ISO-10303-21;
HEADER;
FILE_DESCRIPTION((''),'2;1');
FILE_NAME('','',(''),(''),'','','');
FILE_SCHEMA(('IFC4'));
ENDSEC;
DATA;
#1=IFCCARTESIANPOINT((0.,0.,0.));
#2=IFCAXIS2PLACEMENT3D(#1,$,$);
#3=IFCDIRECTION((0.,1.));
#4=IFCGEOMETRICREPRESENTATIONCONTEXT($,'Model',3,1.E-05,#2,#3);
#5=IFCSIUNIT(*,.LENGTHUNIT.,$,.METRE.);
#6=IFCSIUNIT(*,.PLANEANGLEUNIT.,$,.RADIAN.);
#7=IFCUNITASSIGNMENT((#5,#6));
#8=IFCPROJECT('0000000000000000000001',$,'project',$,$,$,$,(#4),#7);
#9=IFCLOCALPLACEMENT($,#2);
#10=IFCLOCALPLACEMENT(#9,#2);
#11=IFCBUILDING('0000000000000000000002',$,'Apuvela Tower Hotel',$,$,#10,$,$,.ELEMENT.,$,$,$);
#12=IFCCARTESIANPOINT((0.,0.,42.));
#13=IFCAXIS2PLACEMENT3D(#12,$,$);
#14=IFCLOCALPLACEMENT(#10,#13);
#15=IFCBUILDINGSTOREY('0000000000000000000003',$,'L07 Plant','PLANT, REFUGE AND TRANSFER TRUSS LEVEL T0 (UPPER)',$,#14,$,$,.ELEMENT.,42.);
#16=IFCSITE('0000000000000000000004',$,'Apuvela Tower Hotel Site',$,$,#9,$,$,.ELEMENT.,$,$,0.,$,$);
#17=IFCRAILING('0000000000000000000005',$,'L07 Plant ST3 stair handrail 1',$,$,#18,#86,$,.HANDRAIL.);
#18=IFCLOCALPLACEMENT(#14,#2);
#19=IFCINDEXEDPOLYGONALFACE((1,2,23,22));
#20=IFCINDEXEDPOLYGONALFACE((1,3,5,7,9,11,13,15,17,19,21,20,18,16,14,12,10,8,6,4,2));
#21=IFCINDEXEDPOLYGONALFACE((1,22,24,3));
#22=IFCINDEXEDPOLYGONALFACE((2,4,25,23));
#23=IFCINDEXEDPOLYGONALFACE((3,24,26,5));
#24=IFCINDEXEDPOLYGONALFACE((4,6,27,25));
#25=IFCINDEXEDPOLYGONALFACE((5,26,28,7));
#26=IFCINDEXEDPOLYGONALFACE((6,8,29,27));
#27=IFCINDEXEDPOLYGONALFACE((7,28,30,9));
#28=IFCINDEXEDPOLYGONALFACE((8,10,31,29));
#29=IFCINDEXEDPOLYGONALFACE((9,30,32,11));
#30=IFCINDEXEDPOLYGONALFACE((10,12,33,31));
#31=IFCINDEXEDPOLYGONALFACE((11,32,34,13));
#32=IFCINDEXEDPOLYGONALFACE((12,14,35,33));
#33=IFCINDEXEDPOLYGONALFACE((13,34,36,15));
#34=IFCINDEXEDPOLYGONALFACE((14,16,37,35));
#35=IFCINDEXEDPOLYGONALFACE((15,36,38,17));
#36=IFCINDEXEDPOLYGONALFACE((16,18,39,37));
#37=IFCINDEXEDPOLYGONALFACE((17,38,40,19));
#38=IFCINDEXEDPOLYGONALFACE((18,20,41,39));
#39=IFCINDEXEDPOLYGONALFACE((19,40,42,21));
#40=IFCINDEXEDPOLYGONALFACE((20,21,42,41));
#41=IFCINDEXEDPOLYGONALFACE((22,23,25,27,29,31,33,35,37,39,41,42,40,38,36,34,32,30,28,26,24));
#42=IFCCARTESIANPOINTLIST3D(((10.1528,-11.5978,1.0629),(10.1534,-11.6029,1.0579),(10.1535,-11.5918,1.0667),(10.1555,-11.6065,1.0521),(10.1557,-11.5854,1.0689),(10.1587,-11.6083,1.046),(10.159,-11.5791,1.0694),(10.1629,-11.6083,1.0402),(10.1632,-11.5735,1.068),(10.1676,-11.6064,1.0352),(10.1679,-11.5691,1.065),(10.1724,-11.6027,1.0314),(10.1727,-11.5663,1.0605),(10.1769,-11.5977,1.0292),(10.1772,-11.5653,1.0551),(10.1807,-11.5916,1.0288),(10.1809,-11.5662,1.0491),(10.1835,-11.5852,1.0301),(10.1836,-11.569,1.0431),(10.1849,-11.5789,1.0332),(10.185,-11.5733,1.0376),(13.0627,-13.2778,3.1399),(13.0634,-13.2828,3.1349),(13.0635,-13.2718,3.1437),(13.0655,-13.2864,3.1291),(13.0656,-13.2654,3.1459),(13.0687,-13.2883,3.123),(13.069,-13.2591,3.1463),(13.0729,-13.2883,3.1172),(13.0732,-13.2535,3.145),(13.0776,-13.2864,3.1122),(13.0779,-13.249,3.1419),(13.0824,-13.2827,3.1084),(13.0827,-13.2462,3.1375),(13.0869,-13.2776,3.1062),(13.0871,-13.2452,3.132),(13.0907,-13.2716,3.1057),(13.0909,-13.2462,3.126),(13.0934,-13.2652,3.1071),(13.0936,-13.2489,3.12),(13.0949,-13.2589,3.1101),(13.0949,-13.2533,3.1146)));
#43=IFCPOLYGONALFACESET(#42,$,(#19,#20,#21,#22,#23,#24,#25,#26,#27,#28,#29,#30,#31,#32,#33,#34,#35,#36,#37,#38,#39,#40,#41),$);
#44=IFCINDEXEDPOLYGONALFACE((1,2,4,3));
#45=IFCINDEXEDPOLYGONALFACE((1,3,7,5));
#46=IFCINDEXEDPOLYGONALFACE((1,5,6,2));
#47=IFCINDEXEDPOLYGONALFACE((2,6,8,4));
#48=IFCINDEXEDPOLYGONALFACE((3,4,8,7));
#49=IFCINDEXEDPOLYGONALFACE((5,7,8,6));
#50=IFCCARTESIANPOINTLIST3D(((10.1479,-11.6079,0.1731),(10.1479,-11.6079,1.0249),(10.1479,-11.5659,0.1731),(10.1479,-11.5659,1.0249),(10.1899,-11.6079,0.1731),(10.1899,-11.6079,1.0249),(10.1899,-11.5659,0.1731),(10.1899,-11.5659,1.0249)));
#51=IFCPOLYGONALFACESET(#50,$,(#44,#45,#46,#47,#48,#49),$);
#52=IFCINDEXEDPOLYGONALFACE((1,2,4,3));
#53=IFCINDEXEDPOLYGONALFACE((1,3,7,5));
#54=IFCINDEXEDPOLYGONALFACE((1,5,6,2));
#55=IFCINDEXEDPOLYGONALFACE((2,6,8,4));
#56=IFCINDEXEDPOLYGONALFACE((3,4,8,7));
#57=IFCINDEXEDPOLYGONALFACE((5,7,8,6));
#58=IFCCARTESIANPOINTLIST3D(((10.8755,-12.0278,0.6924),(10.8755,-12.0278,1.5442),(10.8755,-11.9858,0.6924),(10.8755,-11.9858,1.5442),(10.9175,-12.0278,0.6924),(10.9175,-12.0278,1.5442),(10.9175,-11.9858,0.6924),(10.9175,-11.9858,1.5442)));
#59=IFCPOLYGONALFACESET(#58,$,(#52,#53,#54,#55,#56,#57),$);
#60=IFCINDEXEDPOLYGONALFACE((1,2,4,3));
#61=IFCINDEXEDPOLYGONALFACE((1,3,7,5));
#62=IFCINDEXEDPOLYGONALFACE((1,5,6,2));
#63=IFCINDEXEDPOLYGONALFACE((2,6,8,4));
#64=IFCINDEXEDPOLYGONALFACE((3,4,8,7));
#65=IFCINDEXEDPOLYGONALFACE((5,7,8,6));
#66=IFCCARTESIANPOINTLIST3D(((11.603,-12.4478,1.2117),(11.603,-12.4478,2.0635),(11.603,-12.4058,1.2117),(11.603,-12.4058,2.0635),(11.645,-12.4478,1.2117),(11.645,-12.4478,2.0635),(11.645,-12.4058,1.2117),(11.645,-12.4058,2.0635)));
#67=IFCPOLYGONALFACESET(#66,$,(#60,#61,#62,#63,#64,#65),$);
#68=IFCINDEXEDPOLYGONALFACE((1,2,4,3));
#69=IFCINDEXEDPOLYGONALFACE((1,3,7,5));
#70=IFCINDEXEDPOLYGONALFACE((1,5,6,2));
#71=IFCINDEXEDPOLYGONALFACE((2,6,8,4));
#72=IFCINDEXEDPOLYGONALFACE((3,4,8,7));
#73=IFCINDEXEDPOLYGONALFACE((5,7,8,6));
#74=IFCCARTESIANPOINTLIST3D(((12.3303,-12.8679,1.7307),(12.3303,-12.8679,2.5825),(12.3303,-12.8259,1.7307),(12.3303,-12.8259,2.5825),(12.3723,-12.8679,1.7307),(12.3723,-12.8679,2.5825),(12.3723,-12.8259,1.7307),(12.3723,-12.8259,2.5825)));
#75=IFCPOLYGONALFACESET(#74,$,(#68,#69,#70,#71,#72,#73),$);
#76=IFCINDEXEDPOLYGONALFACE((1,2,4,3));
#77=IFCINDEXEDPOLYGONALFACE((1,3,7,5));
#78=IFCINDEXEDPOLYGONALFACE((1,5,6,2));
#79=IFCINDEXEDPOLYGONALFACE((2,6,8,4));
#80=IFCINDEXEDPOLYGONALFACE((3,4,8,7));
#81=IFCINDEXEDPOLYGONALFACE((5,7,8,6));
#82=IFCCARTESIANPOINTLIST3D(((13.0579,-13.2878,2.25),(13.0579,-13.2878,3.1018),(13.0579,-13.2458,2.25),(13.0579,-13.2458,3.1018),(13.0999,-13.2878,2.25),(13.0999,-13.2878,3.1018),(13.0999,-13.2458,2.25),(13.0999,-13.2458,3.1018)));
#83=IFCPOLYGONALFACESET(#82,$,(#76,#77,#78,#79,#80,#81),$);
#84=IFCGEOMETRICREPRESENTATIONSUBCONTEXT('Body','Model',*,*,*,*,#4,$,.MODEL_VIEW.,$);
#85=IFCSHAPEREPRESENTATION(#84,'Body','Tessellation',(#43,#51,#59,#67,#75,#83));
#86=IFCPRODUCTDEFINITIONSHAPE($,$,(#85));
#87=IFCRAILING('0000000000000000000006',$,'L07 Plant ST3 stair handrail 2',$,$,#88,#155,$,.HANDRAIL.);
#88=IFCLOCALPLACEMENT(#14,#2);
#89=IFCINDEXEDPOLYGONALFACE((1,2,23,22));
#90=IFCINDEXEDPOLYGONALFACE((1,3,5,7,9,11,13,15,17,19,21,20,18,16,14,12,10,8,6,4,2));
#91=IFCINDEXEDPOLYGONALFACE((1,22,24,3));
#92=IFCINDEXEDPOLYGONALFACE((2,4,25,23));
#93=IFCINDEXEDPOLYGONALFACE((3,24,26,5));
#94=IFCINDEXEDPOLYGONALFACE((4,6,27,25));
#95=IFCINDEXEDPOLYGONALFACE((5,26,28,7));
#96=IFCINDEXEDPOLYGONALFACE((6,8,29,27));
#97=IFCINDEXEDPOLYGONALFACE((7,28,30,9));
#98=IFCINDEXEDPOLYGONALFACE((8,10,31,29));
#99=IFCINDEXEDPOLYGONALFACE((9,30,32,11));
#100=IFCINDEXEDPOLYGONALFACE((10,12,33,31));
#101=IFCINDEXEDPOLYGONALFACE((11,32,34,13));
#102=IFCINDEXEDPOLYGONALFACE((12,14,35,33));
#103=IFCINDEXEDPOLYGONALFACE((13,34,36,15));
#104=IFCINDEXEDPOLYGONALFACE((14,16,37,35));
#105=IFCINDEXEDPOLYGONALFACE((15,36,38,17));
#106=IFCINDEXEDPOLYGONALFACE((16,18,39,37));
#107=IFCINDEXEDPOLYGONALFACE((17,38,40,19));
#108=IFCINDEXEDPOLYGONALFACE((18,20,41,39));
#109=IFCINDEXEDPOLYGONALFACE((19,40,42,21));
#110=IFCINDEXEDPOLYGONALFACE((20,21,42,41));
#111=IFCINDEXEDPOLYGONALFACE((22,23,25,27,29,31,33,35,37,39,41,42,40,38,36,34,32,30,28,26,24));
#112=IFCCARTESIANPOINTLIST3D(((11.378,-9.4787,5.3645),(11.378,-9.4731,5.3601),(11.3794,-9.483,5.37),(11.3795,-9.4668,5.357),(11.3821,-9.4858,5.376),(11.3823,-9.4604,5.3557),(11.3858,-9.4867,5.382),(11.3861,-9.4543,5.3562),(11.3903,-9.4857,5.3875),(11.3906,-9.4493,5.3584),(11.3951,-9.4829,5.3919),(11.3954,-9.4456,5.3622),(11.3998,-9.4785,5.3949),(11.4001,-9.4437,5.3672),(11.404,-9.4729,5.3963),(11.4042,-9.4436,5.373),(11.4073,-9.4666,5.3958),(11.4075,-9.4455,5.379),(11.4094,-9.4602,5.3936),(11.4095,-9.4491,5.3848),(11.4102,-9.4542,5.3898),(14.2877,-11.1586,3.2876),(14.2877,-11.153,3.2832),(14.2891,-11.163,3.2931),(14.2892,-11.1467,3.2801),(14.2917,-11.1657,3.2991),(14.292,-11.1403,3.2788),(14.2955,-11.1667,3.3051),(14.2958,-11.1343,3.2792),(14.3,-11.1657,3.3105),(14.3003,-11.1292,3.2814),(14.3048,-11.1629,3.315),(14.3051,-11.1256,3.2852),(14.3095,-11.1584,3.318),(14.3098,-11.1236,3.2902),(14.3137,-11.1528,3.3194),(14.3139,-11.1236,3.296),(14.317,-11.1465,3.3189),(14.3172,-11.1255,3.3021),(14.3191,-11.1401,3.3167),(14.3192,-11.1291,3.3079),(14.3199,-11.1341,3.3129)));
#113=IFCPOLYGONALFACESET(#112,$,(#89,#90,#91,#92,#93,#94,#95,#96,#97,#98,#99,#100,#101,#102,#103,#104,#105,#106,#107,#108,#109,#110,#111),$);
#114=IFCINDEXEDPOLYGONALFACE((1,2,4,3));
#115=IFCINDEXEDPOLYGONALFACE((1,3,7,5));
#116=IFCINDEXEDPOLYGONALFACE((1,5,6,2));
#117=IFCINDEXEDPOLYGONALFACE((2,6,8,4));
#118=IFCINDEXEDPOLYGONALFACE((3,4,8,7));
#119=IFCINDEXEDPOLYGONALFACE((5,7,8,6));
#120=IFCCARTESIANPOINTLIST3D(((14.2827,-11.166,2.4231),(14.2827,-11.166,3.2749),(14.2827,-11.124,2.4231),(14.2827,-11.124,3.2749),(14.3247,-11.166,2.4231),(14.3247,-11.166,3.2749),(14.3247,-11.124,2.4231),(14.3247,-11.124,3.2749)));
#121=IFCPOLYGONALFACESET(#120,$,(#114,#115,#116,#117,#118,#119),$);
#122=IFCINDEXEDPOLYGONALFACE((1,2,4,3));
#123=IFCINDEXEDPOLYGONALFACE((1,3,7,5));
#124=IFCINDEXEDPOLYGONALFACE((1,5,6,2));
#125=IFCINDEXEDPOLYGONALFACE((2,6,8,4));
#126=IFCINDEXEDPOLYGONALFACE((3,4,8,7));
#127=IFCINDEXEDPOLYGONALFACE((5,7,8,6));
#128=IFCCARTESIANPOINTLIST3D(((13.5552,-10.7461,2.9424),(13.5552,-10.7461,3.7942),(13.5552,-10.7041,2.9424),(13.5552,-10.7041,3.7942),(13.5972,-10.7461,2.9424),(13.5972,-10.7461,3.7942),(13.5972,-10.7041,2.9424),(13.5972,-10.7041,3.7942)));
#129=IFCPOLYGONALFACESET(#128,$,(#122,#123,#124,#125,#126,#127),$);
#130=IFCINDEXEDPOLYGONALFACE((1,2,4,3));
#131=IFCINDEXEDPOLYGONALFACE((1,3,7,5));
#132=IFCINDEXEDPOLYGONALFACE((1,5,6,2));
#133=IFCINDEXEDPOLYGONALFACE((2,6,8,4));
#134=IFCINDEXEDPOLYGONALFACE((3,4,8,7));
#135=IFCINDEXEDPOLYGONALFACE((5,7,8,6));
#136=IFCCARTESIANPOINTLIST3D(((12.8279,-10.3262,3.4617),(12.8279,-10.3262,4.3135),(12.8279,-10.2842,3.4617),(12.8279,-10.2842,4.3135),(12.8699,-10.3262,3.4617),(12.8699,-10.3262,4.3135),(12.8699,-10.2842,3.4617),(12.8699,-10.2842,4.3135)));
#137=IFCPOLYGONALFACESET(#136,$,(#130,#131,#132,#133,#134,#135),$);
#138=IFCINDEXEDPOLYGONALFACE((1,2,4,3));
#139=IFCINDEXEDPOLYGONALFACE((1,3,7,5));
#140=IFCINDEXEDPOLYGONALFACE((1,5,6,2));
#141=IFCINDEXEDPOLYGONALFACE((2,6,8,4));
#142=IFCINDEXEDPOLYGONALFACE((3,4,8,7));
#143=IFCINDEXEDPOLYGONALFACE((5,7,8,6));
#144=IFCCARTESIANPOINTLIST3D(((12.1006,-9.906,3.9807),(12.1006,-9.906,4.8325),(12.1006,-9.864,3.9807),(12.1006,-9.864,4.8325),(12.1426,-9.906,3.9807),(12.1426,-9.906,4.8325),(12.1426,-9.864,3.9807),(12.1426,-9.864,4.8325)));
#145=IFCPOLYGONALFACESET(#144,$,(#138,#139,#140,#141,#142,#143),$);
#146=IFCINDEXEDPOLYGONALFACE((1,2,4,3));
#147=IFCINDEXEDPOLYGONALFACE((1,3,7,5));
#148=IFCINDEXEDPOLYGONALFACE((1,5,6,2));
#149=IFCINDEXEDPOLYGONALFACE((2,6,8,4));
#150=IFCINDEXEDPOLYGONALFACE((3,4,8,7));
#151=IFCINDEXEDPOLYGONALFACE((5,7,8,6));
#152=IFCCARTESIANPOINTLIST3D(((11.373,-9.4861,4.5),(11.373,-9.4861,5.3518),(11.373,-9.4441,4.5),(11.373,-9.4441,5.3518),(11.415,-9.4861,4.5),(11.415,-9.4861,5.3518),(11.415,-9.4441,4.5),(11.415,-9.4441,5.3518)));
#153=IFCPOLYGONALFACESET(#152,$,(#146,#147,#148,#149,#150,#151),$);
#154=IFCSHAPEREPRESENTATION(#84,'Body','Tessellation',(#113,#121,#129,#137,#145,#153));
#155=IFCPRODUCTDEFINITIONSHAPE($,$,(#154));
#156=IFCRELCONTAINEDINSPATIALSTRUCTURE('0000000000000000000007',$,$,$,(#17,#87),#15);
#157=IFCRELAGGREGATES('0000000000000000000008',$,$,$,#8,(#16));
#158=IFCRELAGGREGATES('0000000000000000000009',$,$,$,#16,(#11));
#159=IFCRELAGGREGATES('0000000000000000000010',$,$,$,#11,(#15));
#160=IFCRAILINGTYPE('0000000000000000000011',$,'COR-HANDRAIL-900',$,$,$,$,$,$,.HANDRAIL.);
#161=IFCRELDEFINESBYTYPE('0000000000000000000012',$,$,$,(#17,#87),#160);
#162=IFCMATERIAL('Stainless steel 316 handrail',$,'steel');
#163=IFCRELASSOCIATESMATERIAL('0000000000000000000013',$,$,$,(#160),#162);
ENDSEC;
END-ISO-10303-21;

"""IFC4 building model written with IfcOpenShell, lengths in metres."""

from ifc_helpers import new_model, si_unit, direction, frame, origin, origin_2d, place, context, subcontext, project, spatial, rectangle, circle, extrude, material, type_object, element, save


model = new_model("IFC4")

# Units and contexts
model_context = context("Model", 3, precision=1e-05, world=origin(), true_north=direction((0.0, 1.0)))
body_context = subcontext(model_context, "Body", "Model", "MODEL_VIEW")
ifc_project = project(units=[si_unit("LENGTHUNIT", "METRE"), si_unit("PLANEANGLEUNIT", "RADIAN")], contexts=[model_context])

# Site, building, storey
site_placement = place(None, origin())
site = spatial("IfcSite", under=ifc_project, at=site_placement, Name="Apuvela Tower Hotel Site", CompositionType="ELEMENT", RefElevation=0.0)
building_placement = place(site_placement, origin())
building = spatial("IfcBuilding", under=site, at=building_placement, Name="Apuvela Tower Hotel", CompositionType="ELEMENT")
storey_placement = place(building_placement, frame((0.0, 0.0, 42.0)))
storey = spatial("IfcBuildingStorey", under=building, at=storey_placement, Name="L07 Plant", Description="PLANT, REFUGE AND TRANSFER TRUSS LEVEL T0 (UPPER)", CompositionType="ELEMENT", Elevation=42.0)

# Railings
ifc_material_1 = material(Name="Stainless steel 316 handrail", Category="steel")
railing_type_1 = type_object("IfcRailingType", Name="COR-HANDRAIL-900", PredefinedType="HANDRAIL", material=ifc_material_1)
railing_1_placement = place(storey_placement, frame((10.1689, -11.5869, 0.1731)))
element("IfcRailing", 1, at=railing_1_placement, inside=storey, type_object=railing_type_1, Name="L07 Plant ST3 stair handrail 1", PredefinedType="HANDRAIL", context=body_context, shape_type="SweptSolid", body=[
    extrude(circle(Radius=0.0239, at=origin_2d()), frame((0.0, 0.0, 0.876), z_axis=(0.736668, -0.425288, 0.525785), x_axis=(0.499976, 0.866039, 0.0)), (0.0, 0.0, 1.0), 3.9502),
    extrude(rectangle(XDim=0.042, YDim=0.042, at=origin_2d()), origin(), (0.0, 0.0, 1.0), 0.8518),
    extrude(rectangle(XDim=0.042, YDim=0.042, at=origin_2d()), frame((0.7275, -0.4199, 0.5193)), (0.0, 0.0, 1.0), 0.8518),
    extrude(rectangle(XDim=0.042, YDim=0.042, at=origin_2d()), frame((1.4551, -0.8398, 1.0386)), (0.0, 0.0, 1.0), 0.8518),
    extrude(rectangle(XDim=0.042, YDim=0.042, at=origin_2d()), frame((2.1824, -1.26, 1.5576)), (0.0, 0.0, 1.0), 0.8518),
    extrude(rectangle(XDim=0.042, YDim=0.042, at=origin_2d()), frame((2.9099, -1.6799, 2.0769)), (0.0, 0.0, 1.0), 0.8518),
])
railing_2_placement = place(storey_placement, frame((14.3037, -11.145, 2.4231)))
element("IfcRailing", 2, at=railing_2_placement, inside=storey, type_object=railing_type_1, Name="L07 Plant ST3 stair handrail 2", PredefinedType="HANDRAIL", context=body_context, shape_type="SweptSolid", body=[
    extrude(circle(Radius=0.0239, at=origin_2d()), frame((0.0, 0.0, 0.876), z_axis=(-0.73664, 0.425308, 0.525809), x_axis=(-0.500008, -0.866021, 0.0)), (0.0, 0.0, 1.0), 3.95),
    extrude(rectangle(XDim=0.042, YDim=0.042, at=origin_2d()), origin(), (0.0, 0.0, 1.0), 0.8518),
    extrude(rectangle(XDim=0.042, YDim=0.042, at=origin_2d()), frame((-0.7275, 0.4199, 0.5193)), (0.0, 0.0, 1.0), 0.8518),
    extrude(rectangle(XDim=0.042, YDim=0.042, at=origin_2d()), frame((-1.4548, 0.8398, 1.0386)), (0.0, 0.0, 1.0), 0.8518),
    extrude(rectangle(XDim=0.042, YDim=0.042, at=origin_2d()), frame((-2.1821, 1.26, 1.5576)), (0.0, 0.0, 1.0), 0.8518),
    extrude(rectangle(XDim=0.042, YDim=0.042, at=origin_2d()), frame((-2.9097, 1.6799, 2.0769)), (0.0, 0.0, 1.0), 0.8518),
])

save(model, "model.ifc")
